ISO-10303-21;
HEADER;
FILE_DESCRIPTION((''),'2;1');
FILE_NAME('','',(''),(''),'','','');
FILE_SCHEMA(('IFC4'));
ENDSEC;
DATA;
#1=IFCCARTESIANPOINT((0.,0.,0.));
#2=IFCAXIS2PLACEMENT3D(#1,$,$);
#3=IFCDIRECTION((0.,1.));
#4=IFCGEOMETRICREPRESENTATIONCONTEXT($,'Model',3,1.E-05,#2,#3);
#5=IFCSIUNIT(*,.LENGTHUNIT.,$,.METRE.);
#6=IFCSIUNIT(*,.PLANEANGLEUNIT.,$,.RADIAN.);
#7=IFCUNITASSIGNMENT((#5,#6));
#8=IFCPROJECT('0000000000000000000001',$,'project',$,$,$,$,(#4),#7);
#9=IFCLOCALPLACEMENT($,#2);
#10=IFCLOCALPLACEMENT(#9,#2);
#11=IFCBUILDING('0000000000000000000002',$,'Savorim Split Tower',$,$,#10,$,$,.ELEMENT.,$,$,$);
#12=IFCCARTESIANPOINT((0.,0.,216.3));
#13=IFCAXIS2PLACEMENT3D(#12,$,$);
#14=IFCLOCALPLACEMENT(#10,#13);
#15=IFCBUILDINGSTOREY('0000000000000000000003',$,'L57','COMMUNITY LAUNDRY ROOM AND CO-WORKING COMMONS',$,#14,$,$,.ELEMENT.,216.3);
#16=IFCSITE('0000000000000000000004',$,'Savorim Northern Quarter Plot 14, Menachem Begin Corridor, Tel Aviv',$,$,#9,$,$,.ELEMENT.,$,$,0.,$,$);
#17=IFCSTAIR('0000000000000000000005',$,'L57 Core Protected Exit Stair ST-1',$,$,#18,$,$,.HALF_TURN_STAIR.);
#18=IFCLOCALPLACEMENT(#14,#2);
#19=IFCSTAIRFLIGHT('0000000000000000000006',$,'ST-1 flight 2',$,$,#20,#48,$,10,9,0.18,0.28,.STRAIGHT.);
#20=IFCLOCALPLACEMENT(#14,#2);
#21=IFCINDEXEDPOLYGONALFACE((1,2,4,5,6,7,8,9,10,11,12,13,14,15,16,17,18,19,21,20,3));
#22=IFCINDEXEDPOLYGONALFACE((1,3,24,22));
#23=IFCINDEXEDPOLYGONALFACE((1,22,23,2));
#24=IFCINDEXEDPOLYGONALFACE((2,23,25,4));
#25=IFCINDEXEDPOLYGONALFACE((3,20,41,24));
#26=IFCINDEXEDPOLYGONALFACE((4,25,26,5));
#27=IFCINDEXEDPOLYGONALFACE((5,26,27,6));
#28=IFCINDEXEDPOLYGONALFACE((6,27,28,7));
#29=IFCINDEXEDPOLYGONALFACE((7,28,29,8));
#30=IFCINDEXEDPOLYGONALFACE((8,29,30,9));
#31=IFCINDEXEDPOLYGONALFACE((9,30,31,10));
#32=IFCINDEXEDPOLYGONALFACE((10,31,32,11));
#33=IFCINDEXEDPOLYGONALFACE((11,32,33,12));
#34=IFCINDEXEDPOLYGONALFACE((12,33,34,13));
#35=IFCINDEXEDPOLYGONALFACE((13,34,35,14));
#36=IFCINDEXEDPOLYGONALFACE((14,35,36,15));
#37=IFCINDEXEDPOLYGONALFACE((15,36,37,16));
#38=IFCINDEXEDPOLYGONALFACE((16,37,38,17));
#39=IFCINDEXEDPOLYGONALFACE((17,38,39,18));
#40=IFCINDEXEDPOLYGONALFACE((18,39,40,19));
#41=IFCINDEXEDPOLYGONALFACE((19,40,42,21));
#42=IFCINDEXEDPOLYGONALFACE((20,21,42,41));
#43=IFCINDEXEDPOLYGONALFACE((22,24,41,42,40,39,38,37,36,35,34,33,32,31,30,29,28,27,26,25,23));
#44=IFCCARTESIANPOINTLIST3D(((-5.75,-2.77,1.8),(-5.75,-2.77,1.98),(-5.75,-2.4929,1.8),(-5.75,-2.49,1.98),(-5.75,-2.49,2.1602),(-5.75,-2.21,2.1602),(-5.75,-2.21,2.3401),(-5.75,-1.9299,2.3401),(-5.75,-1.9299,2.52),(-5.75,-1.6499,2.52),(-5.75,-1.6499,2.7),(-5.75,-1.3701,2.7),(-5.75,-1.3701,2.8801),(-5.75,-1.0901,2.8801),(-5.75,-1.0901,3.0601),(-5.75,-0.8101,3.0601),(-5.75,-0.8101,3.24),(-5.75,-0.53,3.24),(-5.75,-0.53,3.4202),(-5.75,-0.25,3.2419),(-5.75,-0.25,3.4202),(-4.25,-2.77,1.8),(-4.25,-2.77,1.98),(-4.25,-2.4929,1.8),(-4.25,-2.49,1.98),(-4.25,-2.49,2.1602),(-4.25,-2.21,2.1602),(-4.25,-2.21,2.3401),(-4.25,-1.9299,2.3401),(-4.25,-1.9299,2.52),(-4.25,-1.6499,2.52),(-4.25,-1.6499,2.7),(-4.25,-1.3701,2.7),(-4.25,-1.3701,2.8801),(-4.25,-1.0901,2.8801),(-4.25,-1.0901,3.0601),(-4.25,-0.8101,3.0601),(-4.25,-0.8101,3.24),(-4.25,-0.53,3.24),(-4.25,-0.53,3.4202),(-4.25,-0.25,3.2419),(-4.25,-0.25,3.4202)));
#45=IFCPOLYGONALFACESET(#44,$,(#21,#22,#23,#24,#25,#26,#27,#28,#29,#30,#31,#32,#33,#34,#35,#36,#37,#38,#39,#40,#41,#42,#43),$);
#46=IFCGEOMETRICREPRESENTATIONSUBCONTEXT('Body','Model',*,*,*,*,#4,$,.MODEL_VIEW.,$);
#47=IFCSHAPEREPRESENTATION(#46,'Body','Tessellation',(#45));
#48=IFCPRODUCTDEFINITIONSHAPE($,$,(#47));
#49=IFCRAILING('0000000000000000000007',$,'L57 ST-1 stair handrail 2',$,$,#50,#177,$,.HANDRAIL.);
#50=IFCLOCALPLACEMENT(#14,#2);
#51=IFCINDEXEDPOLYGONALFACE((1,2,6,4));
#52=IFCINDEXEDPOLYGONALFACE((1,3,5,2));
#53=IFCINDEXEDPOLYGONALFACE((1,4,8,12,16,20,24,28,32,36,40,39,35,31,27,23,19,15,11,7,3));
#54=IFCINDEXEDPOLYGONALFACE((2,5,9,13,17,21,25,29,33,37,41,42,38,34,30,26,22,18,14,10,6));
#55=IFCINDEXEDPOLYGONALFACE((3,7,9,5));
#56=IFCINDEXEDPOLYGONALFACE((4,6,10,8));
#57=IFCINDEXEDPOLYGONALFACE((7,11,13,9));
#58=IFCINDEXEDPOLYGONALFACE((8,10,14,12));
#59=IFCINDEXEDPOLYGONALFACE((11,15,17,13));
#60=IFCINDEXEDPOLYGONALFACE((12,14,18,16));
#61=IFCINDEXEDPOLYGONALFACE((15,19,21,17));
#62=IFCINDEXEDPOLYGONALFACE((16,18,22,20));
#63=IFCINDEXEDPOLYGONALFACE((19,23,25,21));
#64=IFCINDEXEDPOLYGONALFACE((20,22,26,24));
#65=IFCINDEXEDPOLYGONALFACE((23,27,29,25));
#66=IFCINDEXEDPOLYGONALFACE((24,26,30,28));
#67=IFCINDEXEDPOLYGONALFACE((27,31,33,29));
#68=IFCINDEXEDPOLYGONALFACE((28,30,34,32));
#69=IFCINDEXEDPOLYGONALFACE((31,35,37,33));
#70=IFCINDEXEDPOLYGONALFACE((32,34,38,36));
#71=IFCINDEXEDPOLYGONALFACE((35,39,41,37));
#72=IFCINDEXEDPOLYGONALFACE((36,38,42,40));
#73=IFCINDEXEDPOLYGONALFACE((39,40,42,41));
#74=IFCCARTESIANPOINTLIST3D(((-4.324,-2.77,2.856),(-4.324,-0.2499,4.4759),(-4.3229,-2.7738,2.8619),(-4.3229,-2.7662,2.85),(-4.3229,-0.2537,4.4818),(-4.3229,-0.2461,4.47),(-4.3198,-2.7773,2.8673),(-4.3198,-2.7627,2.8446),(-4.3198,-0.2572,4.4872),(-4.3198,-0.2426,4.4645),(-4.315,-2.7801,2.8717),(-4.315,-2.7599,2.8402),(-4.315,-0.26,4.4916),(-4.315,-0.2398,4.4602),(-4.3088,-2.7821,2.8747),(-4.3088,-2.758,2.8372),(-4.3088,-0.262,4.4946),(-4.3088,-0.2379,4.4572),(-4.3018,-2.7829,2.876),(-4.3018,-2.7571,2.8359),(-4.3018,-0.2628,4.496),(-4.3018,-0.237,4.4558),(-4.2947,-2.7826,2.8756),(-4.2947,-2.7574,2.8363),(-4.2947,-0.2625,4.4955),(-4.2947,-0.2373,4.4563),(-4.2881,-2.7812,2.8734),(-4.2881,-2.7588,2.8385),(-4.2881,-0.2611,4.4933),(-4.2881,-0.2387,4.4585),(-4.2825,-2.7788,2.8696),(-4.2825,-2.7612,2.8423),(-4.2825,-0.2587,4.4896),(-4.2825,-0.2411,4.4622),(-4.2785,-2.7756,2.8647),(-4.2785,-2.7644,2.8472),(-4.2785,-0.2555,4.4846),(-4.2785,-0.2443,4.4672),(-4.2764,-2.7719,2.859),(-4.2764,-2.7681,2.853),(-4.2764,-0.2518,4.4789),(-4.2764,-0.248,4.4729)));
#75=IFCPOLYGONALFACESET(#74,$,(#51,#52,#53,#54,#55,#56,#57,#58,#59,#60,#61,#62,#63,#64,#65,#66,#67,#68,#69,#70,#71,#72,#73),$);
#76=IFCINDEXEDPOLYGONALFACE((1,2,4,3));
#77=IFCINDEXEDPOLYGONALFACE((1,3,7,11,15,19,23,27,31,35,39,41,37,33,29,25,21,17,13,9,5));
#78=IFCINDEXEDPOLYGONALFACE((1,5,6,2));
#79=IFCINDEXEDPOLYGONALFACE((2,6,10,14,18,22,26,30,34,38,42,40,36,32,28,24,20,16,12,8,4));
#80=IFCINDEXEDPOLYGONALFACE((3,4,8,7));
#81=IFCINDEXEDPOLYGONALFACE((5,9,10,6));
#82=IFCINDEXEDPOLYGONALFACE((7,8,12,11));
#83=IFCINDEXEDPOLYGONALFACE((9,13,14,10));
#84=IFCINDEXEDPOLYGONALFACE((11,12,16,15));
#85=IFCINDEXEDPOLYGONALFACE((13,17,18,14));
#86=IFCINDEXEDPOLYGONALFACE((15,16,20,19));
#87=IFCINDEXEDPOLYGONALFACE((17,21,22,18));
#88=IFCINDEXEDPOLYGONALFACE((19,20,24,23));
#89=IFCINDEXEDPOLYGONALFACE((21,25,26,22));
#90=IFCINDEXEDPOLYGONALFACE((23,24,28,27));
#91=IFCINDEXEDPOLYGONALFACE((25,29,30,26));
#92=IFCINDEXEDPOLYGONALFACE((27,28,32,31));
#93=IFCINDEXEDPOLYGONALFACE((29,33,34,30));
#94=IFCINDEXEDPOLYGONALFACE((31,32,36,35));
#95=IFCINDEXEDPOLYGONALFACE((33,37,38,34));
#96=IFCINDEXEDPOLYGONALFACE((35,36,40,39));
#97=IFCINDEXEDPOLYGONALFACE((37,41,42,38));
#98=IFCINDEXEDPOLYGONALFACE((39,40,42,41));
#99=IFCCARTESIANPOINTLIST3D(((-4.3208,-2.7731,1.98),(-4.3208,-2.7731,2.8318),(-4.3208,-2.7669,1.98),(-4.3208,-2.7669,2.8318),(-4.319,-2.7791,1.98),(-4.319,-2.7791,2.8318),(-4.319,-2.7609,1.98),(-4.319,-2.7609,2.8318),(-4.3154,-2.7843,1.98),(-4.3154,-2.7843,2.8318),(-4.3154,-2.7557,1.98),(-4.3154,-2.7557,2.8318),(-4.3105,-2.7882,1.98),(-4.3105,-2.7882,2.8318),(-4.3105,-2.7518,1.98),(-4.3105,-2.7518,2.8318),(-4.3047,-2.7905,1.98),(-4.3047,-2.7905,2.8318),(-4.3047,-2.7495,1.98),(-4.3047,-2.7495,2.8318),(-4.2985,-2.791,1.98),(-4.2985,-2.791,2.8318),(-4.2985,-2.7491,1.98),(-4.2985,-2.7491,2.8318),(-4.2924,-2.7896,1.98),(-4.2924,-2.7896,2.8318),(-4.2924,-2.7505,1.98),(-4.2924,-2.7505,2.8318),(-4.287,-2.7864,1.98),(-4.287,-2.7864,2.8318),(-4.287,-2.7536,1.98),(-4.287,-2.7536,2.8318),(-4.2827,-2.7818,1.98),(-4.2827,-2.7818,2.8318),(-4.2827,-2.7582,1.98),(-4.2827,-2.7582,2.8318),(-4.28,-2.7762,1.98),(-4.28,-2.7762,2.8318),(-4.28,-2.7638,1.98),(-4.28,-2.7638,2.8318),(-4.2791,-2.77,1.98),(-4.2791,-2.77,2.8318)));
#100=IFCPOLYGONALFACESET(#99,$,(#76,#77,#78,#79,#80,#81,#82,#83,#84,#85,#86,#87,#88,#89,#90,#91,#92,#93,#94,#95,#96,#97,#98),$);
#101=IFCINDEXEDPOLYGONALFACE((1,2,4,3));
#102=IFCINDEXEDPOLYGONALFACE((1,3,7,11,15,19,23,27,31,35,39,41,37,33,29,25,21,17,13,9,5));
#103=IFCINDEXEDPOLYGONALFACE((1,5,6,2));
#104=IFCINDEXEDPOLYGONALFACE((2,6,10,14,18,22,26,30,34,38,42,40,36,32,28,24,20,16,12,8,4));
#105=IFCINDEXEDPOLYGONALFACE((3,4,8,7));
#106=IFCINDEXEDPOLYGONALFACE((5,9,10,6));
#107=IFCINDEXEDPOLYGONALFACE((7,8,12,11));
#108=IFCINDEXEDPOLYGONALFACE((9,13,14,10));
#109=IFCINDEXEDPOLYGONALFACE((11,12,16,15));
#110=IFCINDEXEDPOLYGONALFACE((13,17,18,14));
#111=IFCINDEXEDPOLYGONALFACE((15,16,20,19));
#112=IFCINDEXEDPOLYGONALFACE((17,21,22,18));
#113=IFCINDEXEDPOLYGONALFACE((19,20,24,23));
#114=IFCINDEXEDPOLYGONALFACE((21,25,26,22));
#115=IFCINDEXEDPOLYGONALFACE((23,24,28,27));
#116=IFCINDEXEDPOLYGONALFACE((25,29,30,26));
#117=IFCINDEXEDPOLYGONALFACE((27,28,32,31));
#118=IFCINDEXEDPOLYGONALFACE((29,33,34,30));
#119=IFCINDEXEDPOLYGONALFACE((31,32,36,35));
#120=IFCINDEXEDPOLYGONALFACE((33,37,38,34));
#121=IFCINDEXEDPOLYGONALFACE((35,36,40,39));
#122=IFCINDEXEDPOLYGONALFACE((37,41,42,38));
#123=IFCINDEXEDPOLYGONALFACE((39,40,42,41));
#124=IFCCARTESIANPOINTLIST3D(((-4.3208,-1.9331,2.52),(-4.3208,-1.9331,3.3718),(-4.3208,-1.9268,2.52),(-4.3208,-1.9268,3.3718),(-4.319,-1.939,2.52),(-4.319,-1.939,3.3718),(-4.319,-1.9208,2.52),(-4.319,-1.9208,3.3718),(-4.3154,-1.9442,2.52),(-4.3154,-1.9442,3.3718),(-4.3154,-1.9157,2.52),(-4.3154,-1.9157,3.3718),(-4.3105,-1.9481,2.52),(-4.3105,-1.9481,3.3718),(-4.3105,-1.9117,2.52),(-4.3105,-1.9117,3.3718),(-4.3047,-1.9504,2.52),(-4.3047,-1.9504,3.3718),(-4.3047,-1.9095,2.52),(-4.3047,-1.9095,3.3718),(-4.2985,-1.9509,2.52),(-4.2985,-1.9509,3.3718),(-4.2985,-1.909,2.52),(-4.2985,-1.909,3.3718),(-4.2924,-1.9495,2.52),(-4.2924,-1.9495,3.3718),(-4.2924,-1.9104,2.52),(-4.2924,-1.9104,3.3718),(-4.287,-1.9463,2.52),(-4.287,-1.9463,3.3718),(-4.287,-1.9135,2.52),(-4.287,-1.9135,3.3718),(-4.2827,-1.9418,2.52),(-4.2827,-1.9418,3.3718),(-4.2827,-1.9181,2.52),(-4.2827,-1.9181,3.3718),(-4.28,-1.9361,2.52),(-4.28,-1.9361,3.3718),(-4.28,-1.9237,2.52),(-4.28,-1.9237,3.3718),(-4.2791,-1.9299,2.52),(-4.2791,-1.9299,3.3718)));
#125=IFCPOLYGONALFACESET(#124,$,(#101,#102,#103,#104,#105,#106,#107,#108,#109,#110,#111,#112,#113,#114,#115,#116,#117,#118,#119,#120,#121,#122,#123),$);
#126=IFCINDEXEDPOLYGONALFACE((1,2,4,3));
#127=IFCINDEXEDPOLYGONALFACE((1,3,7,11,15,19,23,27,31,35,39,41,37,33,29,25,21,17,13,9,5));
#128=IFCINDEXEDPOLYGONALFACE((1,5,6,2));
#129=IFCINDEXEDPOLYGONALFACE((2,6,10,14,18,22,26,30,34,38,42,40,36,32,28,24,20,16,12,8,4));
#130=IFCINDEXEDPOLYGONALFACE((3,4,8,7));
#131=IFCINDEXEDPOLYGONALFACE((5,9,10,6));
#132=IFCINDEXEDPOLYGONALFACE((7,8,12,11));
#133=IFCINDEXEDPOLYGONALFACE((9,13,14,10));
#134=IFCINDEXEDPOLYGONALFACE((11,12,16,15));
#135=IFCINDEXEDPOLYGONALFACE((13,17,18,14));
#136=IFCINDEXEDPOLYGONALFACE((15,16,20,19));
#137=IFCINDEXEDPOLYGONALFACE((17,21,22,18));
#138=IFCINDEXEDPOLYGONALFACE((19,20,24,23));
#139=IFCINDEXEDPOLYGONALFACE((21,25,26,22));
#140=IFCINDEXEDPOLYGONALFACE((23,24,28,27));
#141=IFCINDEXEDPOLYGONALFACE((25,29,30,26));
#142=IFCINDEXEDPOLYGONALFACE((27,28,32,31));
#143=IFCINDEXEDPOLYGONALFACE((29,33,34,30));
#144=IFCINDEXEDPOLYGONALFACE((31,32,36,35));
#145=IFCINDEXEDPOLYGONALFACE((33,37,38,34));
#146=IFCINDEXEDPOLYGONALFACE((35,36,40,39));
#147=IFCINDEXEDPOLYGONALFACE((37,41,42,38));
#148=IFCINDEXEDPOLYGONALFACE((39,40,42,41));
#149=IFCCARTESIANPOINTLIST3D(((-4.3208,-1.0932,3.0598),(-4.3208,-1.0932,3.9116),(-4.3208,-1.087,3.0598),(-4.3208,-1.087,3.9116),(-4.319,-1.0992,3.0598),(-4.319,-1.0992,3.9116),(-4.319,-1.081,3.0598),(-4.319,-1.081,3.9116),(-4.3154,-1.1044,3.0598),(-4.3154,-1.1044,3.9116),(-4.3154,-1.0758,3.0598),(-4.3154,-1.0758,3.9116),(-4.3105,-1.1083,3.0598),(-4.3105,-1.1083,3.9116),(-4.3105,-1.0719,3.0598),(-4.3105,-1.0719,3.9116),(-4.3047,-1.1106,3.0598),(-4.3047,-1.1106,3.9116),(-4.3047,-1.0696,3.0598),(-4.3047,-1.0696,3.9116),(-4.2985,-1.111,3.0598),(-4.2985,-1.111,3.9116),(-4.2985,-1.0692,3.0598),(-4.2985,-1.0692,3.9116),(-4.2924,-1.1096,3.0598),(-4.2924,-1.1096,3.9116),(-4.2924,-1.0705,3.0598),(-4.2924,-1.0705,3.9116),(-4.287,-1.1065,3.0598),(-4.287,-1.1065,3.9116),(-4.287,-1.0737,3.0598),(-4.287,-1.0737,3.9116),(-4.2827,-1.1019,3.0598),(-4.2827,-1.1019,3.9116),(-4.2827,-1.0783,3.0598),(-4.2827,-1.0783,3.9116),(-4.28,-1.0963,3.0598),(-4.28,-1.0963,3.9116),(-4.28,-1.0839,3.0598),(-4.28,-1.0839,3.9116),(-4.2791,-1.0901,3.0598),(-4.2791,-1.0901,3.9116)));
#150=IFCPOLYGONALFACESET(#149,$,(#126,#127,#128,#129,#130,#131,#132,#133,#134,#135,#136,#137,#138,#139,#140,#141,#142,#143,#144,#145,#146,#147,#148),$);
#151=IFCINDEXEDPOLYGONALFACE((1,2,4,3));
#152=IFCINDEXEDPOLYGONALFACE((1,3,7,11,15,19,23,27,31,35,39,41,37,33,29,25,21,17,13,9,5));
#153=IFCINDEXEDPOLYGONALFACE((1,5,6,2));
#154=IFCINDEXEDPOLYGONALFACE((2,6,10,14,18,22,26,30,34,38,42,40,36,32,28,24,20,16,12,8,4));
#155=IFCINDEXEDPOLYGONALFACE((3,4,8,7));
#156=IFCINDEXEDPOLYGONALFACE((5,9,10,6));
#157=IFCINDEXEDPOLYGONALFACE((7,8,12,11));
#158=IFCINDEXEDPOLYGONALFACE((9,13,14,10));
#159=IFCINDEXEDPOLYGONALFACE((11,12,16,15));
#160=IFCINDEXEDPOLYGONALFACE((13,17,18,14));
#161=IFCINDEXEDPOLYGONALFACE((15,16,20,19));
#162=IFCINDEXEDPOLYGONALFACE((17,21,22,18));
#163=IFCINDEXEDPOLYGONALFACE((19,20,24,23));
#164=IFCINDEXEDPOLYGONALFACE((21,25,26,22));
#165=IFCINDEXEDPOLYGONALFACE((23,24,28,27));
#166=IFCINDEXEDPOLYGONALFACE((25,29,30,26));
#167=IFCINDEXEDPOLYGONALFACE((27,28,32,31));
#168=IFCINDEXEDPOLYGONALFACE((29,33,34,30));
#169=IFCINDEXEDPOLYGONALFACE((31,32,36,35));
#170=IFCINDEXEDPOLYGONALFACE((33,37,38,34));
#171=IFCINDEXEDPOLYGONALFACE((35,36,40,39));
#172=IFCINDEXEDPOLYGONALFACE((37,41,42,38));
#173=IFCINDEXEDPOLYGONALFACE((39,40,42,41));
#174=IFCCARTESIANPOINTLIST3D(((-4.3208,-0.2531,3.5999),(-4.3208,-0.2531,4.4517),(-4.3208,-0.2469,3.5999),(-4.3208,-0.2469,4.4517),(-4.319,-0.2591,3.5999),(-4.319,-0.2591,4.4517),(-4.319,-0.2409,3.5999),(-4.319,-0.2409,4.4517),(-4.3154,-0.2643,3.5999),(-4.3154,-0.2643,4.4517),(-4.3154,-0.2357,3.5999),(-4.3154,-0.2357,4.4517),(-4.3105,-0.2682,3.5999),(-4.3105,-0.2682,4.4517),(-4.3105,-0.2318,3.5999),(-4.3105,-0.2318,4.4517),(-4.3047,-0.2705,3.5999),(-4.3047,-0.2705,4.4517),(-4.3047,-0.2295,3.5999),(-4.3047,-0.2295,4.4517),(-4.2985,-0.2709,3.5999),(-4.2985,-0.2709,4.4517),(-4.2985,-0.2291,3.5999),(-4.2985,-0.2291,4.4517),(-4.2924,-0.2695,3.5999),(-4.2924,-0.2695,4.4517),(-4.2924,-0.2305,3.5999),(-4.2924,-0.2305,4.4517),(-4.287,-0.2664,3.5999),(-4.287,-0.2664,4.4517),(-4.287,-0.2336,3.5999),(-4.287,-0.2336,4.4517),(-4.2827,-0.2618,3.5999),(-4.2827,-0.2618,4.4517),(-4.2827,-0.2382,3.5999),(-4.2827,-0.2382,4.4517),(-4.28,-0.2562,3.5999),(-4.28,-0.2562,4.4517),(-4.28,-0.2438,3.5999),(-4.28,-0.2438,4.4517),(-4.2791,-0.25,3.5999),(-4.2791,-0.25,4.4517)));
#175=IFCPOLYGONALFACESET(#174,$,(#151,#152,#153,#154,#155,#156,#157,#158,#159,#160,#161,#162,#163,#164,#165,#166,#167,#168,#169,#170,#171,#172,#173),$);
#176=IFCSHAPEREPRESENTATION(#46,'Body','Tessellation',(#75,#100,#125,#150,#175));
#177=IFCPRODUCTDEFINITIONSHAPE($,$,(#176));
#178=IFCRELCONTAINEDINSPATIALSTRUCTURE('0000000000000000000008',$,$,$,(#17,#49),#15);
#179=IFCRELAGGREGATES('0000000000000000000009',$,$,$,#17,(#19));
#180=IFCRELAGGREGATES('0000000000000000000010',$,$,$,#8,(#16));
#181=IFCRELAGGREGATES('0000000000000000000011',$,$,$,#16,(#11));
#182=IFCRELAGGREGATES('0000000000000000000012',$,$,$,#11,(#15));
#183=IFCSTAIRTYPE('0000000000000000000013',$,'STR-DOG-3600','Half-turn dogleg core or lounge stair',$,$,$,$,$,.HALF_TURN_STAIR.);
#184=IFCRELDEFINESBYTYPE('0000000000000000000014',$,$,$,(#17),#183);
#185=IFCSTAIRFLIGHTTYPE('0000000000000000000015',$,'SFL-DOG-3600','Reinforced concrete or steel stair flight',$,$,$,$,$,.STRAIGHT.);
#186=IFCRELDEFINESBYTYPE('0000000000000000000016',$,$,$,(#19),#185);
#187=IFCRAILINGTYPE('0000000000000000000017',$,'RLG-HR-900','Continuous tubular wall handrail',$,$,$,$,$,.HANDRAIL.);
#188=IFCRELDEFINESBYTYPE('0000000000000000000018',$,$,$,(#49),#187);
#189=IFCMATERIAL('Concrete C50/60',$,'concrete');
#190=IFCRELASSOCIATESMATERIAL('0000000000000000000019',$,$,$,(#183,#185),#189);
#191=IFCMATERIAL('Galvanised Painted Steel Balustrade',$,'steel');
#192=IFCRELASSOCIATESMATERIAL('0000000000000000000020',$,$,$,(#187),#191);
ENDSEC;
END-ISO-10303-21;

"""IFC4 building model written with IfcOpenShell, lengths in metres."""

from ifc_helpers import new_model, si_unit, direction, frame, origin, origin_2d, place, context, subcontext, project, spatial, polyline, circle, outline, extrude, material, type_object, element, aggregate, save


model = new_model("IFC4")

# Units and contexts
model_context = context("Model", 3, precision=1e-05, world=origin(), true_north=direction((0.0, 1.0)))
body_context = subcontext(model_context, "Body", "Model", "MODEL_VIEW")
ifc_project = project(units=[si_unit("LENGTHUNIT", "METRE"), si_unit("PLANEANGLEUNIT", "RADIAN")], contexts=[model_context])

# Site, building, storey
site_placement = place(None, origin())
site = spatial("IfcSite", under=ifc_project, at=site_placement, Name="Savorim Northern Quarter Plot 14, Menachem Begin Corridor, Tel Aviv", CompositionType="ELEMENT", RefElevation=0.0)
building_placement = place(site_placement, origin())
building = spatial("IfcBuilding", under=site, at=building_placement, Name="Savorim Split Tower", CompositionType="ELEMENT")
storey_placement = place(building_placement, frame((0.0, 0.0, 216.3)))
storey = spatial("IfcBuildingStorey", under=building, at=storey_placement, Name="L57", Description="COMMUNITY LAUNDRY ROOM AND CO-WORKING COMMONS", CompositionType="ELEMENT", Elevation=216.3)

# Shared definitions
ifc_material_1 = material(Name="Concrete C50/60", Category="concrete")

# Stair, stair flight
stair_type = type_object("IfcStairType", Name="STR-DOG-3600", Description="Half-turn dogleg core or lounge stair", PredefinedType="HALF_TURN_STAIR", material=ifc_material_1)
stair_placement = place(storey_placement, origin())
stair = element("IfcStair", 1, at=stair_placement, inside=storey, type_object=stair_type, Name="L57 Core Protected Exit Stair ST-1", PredefinedType="HALF_TURN_STAIR")
stair_flight_type = type_object("IfcStairFlightType", Name="SFL-DOG-3600", Description="Reinforced concrete or steel stair flight", PredefinedType="STRAIGHT", material=ifc_material_1)
stair_flight_placement = place(storey_placement, frame((-5.0, -2.77, 1.8), z_axis=(0.0, 0.0, 1.0), x_axis=(0.0, 1.0, 0.0)))
stair_flight = element("IfcStairFlight", 2, at=stair_flight_placement, type_object=stair_flight_type, Name="ST-1 flight 2", NumberOfRisers=10, NumberOfTreads=9, PredefinedType="STRAIGHT", RiserHeight=0.18, TreadLength=0.28, context=body_context, shape_type="SweptSolid", body=[
    extrude(outline(polyline([(0.0, 0.0), (0.0, 0.1799), (0.28, 0.1799), (0.28, 0.3601), (0.5601, 0.3601), (0.5601, 0.54), (0.8401, 0.54), (0.8401, 0.72), (1.1201, 0.72), (1.1201, 0.8999), (1.3999, 0.8999), (1.3999, 1.0801), (1.6799, 1.0801), (1.6799, 1.26), (1.96, 1.26), (1.96, 1.4399), (2.24, 1.4399), (2.24, 1.6201), (2.52, 1.6201), (2.52, 1.8), (2.52, 1.4419), (0.2771, 0.0), (0.0, 0.0)])), frame((0.0, 0.75, 0.0), z_axis=(0.0, -1.0, 0.0), x_axis=(1.0, 0.0, 0.0)), (0.0, 0.0, 1.0), 1.5),
])
aggregate(stair, [stair_flight])

# Railing
ifc_material_2 = material(Name="Galvanised Painted Steel Balustrade", Category="steel")
railing_type_1 = type_object("IfcRailingType", Name="RLG-HR-900", Description="Continuous tubular wall handrail", PredefinedType="HANDRAIL", material=ifc_material_2)
railing_1_placement = place(storey_placement, frame((-4.3, -2.77, 1.98)))
element("IfcRailing", 3, at=railing_1_placement, inside=storey, type_object=railing_type_1, Name="L57 ST-1 stair handrail 2", PredefinedType="HANDRAIL", context=body_context, shape_type="SweptSolid", body=[
    extrude(circle(Radius=0.0239, at=origin_2d()), frame((0.0, 0.0, 0.876), z_axis=(0.0, 0.8412, 0.540725), x_axis=(-1.0, 0.0, 0.0)), (0.0, 0.0, 1.0), 2.9958),
    extrude(circle(Radius=0.021, at=origin_2d()), origin(), (0.0, 0.0, 1.0), 0.8518),
    extrude(circle(Radius=0.021, at=origin_2d()), frame((0.0, 0.8401, 0.54)), (0.0, 0.0, 1.0), 0.8518),
    extrude(circle(Radius=0.021, at=origin_2d()), frame((0.0, 1.6799, 1.0798)), (0.0, 0.0, 1.0), 0.8518),
    extrude(circle(Radius=0.021, at=origin_2d()), frame((0.0, 2.52, 1.6199)), (0.0, 0.0, 1.0), 0.8518),
])

save(model, "model.ifc")
